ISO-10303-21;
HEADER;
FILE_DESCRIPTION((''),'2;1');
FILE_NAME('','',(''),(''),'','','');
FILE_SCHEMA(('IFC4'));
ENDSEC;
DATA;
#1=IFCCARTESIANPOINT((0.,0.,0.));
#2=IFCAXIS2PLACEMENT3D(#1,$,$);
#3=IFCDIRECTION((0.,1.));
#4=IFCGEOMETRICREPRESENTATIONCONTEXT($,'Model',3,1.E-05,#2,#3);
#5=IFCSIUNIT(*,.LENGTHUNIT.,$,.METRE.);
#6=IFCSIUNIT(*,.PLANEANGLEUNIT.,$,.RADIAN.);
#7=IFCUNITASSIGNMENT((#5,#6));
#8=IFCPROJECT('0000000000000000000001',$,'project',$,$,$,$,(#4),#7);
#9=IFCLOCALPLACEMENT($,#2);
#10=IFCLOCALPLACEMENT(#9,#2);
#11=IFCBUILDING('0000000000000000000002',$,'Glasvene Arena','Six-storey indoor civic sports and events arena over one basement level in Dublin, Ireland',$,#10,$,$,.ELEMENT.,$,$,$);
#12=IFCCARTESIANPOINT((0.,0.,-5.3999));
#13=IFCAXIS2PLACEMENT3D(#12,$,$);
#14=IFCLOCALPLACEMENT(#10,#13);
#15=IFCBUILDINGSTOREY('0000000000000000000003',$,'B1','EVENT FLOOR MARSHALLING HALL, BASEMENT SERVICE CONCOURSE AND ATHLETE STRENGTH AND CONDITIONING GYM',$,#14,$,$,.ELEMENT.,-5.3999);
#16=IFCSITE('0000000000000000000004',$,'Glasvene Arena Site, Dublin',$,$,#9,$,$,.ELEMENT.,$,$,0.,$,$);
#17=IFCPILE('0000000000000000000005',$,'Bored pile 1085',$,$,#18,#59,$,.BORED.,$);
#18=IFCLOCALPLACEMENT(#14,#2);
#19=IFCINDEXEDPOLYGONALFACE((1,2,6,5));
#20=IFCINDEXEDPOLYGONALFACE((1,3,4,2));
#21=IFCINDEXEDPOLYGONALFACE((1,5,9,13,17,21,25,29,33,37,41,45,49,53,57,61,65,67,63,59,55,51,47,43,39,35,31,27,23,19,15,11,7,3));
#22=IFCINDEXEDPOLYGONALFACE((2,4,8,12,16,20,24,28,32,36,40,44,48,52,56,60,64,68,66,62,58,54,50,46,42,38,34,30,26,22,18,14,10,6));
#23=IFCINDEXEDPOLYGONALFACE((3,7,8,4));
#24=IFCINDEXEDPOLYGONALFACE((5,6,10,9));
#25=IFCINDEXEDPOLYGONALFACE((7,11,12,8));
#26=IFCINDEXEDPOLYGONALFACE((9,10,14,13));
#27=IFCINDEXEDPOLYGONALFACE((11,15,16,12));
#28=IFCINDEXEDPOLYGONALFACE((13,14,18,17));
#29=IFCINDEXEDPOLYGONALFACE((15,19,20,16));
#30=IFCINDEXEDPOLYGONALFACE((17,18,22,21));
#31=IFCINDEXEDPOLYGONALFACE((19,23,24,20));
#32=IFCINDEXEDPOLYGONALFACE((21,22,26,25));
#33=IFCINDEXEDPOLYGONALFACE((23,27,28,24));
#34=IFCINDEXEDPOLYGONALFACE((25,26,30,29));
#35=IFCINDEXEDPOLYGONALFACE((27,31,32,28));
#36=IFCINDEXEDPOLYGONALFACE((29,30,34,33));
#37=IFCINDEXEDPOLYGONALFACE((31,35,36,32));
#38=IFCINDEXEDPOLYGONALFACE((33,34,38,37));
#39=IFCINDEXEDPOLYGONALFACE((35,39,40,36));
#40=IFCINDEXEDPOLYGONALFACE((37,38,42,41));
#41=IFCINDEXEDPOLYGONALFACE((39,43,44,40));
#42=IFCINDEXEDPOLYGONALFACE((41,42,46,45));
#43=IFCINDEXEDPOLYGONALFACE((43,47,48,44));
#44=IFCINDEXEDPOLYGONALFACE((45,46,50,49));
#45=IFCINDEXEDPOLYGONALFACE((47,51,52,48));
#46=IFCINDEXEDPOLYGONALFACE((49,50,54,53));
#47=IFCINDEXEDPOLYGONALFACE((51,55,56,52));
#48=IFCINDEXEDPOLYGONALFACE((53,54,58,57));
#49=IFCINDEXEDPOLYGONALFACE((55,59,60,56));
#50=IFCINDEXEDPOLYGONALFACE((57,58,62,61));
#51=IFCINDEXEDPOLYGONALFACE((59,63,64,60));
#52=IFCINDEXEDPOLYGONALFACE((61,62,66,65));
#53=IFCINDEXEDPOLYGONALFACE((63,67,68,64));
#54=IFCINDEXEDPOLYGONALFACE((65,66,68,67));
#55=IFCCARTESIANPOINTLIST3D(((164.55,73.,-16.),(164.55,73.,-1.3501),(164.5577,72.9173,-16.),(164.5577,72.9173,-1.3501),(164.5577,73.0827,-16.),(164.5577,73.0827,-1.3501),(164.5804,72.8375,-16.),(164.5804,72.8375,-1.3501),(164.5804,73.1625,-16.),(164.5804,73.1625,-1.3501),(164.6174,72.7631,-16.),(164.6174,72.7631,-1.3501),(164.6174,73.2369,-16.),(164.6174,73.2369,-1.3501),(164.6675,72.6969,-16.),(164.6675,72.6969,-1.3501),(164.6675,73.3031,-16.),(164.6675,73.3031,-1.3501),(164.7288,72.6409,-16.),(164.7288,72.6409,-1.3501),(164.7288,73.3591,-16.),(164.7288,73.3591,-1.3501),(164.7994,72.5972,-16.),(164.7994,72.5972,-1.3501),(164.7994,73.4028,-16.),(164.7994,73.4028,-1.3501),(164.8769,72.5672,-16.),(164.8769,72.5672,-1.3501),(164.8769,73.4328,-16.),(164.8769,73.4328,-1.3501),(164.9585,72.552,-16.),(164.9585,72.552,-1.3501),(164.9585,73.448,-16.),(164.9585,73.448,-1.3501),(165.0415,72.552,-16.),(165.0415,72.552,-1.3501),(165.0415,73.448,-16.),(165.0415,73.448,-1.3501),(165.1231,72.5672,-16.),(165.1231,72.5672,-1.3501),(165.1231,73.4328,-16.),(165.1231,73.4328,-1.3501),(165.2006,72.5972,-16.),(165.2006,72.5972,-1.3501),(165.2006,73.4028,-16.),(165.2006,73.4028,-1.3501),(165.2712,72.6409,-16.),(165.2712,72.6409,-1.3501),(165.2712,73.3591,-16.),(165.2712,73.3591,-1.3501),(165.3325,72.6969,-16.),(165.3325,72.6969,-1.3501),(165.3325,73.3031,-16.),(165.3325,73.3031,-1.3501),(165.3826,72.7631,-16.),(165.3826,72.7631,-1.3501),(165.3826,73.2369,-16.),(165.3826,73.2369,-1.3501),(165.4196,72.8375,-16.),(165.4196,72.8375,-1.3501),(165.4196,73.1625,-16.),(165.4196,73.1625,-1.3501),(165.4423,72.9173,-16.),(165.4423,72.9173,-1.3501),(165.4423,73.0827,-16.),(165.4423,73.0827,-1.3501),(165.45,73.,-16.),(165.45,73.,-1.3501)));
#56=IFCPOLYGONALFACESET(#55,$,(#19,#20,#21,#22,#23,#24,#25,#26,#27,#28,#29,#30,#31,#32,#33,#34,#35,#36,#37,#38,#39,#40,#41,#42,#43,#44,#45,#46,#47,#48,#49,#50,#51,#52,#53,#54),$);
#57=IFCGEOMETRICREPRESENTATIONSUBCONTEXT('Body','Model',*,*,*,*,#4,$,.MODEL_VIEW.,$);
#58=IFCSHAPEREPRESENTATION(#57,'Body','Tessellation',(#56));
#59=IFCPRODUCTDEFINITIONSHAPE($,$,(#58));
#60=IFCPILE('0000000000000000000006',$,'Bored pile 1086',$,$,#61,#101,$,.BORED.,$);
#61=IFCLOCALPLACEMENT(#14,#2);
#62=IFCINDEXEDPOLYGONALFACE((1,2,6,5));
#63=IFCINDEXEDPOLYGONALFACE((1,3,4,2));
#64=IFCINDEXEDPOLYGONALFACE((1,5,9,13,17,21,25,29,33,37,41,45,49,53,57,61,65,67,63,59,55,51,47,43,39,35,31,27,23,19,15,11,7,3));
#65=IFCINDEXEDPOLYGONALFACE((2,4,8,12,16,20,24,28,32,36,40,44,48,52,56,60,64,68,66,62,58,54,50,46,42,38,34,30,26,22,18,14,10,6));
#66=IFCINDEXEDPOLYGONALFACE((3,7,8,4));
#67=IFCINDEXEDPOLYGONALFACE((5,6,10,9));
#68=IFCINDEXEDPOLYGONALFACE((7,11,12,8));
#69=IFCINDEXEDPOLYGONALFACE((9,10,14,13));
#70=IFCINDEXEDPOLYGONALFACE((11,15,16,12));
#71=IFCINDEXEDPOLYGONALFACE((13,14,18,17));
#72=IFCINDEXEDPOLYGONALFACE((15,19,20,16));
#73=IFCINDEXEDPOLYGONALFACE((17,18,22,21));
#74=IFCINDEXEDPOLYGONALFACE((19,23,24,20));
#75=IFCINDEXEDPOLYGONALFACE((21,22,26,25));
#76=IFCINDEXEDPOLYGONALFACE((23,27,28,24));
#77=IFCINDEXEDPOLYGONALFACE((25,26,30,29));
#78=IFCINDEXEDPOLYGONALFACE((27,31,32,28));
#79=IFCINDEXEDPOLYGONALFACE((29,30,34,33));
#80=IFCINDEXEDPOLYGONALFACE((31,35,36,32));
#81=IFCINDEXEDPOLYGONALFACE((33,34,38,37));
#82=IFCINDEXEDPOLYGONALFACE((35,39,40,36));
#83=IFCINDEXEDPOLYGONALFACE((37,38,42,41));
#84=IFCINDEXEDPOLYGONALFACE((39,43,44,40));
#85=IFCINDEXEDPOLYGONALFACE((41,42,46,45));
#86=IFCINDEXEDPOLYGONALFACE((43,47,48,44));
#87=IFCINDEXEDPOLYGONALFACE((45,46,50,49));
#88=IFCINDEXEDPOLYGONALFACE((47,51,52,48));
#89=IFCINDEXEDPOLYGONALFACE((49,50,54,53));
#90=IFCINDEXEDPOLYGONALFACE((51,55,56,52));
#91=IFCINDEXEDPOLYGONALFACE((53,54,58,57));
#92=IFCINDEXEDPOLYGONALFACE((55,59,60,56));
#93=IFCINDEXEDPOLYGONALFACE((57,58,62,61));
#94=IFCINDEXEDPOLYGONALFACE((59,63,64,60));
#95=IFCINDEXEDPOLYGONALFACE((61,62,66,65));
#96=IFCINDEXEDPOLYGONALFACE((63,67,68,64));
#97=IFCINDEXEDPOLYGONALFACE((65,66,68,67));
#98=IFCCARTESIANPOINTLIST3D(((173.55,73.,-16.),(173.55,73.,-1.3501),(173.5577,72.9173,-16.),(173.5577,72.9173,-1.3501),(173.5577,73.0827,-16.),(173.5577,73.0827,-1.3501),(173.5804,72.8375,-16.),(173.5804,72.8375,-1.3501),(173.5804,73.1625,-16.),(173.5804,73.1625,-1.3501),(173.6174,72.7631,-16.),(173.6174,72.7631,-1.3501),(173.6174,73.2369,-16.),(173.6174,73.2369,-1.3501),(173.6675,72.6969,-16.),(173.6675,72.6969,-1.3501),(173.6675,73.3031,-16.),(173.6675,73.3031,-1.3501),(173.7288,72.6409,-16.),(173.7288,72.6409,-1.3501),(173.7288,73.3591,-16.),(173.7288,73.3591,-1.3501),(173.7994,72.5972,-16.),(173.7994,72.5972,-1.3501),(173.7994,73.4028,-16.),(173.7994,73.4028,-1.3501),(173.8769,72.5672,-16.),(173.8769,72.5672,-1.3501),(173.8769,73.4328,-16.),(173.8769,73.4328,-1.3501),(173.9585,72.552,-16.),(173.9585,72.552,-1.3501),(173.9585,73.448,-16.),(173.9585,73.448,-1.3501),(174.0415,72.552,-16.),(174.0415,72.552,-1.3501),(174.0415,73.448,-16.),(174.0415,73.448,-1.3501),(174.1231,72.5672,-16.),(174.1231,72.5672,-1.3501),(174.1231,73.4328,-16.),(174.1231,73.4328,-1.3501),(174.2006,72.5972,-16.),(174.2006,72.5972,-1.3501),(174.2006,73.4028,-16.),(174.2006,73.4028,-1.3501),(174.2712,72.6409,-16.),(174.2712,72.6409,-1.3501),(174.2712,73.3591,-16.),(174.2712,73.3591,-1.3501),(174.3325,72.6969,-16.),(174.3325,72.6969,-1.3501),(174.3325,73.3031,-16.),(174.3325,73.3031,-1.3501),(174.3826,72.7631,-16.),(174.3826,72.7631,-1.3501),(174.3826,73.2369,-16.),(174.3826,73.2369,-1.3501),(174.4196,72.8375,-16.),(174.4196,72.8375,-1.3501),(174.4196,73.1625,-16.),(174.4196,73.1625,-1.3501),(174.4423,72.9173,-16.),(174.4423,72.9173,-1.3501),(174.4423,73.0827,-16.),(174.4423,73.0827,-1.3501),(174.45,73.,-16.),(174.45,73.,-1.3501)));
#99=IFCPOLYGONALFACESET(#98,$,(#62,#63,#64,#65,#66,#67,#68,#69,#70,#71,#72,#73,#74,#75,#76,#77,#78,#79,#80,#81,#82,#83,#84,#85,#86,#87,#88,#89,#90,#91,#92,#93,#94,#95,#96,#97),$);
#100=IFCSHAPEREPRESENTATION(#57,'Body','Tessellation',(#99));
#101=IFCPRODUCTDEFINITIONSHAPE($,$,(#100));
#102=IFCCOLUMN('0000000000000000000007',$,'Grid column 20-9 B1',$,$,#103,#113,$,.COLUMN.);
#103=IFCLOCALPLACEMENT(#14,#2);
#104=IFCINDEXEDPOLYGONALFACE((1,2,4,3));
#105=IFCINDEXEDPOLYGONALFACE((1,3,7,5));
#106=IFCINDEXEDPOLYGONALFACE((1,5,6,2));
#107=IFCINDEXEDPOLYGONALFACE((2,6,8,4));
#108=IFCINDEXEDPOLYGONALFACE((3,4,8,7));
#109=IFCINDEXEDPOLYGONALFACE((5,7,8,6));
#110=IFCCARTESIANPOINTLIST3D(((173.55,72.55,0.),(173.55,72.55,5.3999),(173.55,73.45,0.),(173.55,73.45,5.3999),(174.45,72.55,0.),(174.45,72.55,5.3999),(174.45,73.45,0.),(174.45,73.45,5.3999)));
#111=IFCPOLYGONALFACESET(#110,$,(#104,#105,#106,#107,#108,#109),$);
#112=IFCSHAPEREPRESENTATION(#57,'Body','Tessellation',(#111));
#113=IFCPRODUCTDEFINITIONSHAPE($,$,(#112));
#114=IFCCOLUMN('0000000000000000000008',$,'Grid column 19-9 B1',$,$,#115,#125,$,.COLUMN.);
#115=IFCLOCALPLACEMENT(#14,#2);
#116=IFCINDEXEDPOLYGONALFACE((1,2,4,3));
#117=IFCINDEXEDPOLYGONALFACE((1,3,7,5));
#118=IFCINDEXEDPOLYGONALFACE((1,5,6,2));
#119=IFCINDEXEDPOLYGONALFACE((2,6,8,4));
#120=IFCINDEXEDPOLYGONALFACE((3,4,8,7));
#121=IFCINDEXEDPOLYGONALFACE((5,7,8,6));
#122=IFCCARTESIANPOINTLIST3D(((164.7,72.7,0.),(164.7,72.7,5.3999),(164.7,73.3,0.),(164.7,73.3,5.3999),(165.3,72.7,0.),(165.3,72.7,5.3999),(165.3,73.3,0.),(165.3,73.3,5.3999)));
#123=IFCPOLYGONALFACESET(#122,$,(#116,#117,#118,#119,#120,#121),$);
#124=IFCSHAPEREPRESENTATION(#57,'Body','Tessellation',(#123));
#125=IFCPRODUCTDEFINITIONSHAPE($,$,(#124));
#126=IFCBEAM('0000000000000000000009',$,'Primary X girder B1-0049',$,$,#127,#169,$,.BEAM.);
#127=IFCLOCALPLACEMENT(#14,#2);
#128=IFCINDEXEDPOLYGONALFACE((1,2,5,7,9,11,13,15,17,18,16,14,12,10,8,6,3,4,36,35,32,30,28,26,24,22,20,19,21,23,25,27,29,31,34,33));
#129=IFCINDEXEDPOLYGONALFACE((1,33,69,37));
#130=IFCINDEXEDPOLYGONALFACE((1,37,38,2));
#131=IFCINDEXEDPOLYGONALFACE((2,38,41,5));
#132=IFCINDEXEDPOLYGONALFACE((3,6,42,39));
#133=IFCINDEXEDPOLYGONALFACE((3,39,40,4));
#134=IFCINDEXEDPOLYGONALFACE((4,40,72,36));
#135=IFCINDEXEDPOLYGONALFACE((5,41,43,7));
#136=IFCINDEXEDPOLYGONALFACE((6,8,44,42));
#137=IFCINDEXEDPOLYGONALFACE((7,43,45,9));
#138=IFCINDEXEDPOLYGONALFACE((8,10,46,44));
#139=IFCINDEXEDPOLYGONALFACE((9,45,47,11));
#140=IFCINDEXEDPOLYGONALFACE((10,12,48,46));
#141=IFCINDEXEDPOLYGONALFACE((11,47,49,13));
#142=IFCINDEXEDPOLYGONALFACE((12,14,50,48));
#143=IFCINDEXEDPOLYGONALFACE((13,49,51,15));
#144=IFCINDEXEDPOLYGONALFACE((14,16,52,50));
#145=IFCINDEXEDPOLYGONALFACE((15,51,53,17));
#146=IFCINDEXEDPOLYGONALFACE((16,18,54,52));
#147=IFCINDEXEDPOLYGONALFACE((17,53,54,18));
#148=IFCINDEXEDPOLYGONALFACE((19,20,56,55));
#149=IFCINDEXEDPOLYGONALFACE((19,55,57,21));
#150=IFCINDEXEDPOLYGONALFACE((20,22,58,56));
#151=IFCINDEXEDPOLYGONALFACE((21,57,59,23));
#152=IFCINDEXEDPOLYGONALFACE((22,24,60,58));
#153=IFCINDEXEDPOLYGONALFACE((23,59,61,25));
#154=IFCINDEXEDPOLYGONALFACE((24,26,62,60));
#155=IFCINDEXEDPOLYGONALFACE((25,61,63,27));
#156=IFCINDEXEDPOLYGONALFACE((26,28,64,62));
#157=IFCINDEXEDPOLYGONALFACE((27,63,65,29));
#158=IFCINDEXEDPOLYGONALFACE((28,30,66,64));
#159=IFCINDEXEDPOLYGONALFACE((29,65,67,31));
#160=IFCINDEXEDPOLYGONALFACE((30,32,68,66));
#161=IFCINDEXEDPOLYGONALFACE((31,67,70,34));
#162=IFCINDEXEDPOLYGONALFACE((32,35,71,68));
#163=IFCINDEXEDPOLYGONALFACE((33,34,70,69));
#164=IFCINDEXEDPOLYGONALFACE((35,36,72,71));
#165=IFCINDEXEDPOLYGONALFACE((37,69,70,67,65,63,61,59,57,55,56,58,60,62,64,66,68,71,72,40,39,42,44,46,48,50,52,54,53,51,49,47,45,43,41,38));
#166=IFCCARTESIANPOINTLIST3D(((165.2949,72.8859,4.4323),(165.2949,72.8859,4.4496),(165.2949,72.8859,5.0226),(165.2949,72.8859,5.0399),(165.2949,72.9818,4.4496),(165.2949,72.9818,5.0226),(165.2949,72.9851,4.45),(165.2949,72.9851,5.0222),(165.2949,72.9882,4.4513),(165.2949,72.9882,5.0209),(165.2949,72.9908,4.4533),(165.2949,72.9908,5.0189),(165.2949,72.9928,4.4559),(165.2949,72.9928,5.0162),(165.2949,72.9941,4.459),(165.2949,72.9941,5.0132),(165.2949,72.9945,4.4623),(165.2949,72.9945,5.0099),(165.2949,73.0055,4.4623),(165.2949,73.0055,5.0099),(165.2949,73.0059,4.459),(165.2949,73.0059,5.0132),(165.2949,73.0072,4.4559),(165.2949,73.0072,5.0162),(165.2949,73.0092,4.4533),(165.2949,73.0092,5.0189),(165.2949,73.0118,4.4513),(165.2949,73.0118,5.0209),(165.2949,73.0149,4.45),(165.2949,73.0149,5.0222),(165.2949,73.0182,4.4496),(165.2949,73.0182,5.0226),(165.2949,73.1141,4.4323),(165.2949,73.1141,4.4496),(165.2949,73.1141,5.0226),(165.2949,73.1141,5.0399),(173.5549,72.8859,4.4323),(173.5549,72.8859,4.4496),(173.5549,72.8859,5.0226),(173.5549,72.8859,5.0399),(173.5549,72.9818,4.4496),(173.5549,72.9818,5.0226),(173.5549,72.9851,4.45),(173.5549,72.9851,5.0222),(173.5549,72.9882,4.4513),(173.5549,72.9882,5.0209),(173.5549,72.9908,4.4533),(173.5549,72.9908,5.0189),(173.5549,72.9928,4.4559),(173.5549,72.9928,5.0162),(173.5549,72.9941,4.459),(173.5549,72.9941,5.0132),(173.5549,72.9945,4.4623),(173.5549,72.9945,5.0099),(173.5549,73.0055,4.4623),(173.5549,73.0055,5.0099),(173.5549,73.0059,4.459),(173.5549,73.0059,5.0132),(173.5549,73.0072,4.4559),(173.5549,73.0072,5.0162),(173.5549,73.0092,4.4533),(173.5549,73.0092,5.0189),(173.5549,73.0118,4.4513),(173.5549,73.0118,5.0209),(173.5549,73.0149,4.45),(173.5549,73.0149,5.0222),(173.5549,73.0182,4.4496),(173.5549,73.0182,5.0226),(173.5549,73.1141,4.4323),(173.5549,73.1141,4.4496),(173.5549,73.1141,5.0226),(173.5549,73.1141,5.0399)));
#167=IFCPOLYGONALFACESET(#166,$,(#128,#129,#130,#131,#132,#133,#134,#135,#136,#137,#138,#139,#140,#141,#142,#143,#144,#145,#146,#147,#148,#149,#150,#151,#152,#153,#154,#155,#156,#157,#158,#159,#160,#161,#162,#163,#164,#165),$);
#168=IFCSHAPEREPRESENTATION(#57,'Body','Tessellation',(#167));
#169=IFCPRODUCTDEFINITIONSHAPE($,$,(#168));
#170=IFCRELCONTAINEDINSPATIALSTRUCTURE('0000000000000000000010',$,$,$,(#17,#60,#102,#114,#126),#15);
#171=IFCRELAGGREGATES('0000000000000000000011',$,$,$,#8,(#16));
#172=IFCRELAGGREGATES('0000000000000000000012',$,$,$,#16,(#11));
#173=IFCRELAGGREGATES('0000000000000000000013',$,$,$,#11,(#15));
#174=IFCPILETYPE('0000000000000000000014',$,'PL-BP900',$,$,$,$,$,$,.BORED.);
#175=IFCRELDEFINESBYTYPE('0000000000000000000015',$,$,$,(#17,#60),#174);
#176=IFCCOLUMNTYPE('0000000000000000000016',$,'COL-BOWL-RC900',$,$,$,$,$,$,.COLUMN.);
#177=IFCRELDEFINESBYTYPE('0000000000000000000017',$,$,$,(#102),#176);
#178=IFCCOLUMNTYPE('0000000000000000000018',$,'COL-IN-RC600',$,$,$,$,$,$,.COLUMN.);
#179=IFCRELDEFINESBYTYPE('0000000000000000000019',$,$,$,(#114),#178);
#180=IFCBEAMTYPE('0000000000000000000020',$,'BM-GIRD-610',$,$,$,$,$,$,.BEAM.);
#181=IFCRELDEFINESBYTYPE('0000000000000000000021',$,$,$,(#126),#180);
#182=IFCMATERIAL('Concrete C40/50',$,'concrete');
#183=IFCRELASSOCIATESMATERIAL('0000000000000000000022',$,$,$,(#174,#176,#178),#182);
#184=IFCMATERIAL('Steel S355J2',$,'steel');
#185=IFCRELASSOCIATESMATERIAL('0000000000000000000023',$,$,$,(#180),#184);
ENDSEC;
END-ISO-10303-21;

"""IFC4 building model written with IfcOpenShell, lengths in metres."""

from ifc_helpers import new_model, si_unit, direction, frame, origin, origin_2d, place, context, subcontext, project, spatial, rectangle, circle, i_section, extrude, material, material_profile, profile_set, type_object, element, save


model = new_model("IFC4")

# Units and contexts
model_context = context("Model", 3, precision=1e-05, world=origin(), true_north=direction((0.0, 1.0)))
body_context = subcontext(model_context, "Body", "Model", "MODEL_VIEW")
ifc_project = project(units=[si_unit("LENGTHUNIT", "METRE"), si_unit("PLANEANGLEUNIT", "RADIAN")], contexts=[model_context])

# Site, building, storey
site_placement = place(None, origin())
site = spatial("IfcSite", under=ifc_project, at=site_placement, Name="Glasvene Arena Site, Dublin", CompositionType="ELEMENT", RefElevation=0.0)
building_placement = place(site_placement, origin())
building = spatial("IfcBuilding", under=site, at=building_placement, Name="Glasvene Arena", Description="Six-storey indoor civic sports and events arena over one basement level in Dublin, Ireland", CompositionType="ELEMENT")
storey_placement = place(building_placement, frame((0.0, 0.0, -5.3999)))
storey = spatial("IfcBuildingStorey", under=building, at=storey_placement, Name="B1", Description="EVENT FLOOR MARSHALLING HALL, BASEMENT SERVICE CONCOURSE AND ATHLETE STRENGTH AND CONDITIONING GYM", CompositionType="ELEMENT", Elevation=-5.3999)

# Shared definitions
ifc_material_1 = material(Name="Concrete C40/50", Category="concrete")

# Piles
ifc_material_profile_1 = material_profile(ifc_material_1, circle(Radius=0.45, at=origin_2d()), Name="BORED PILE 900")
ifc_profile_set_1 = profile_set([ifc_material_profile_1], Name="Concrete C40/50")
pile_type_1 = type_object("IfcPileType", Name="PL-BP900", PredefinedType="BORED", material=ifc_profile_set_1)
for number, where, z_axis, x_axis, name in (
    (1, (165.0, 73.0, -1.3501), (0.0, 0.0, -1.0), (1.0, 0.0, 0.0), "Bored pile 1085"),
    (2, (174.0, 73.0, -1.3501), (0.0, 0.0, -1.0), (1.0, 0.0, 0.0), "Bored pile 1086"),
):
    element("IfcPile", number, at=place(storey_placement, frame(where, z_axis=z_axis, x_axis=x_axis)), inside=storey, type_object=pile_type_1, Name=name, PredefinedType="BORED", context=body_context, shape_type="SweptSolid", body=[
        extrude(circle(Radius=0.45, at=origin_2d()), origin(), (0.0, 0.0, 1.0), 14.6499),
    ])

# Columns
ifc_material_profile_2 = material_profile(ifc_material_1, rectangle(XDim=0.8999, YDim=0.8999, at=origin_2d()), Name="RC 900x900")
ifc_profile_set_2 = profile_set([ifc_material_profile_2], Name="Concrete C40/50")
column_type_1 = type_object("IfcColumnType", Name="COL-BOWL-RC900", PredefinedType="COLUMN", material=ifc_profile_set_2)
column_1_placement = place(storey_placement, frame((174.0, 73.0, 0.0), z_axis=(0.0, 0.0, 1.0), x_axis=(1.0, 0.0, 0.0)))
element("IfcColumn", 3, at=column_1_placement, inside=storey, type_object=column_type_1, Name="Grid column 20-9 B1", PredefinedType="COLUMN", context=body_context, shape_type="SweptSolid", body=[
    extrude(rectangle(XDim=0.8999, YDim=0.8999, at=origin_2d()), origin(), (0.0, 0.0, 1.0), 5.3999),
])
ifc_material_profile_3 = material_profile(ifc_material_1, rectangle(XDim=0.6001, YDim=0.6001, at=origin_2d()), Name="RC 600x600")
ifc_profile_set_3 = profile_set([ifc_material_profile_3], Name="Concrete C40/50")
column_type_2 = type_object("IfcColumnType", Name="COL-IN-RC600", PredefinedType="COLUMN", material=ifc_profile_set_3)
column_2_placement = place(storey_placement, frame((165.0, 73.0, 0.0), z_axis=(0.0, 0.0, 1.0), x_axis=(1.0, 0.0, 0.0)))
element("IfcColumn", 4, at=column_2_placement, inside=storey, type_object=column_type_2, Name="Grid column 19-9 B1", PredefinedType="COLUMN", context=body_context, shape_type="SweptSolid", body=[
    extrude(rectangle(XDim=0.6001, YDim=0.6001, at=origin_2d()), origin(), (0.0, 0.0, 1.0), 5.3999),
])

# Beam
ifc_material_2 = material(Name="Steel S355J2", Category="steel")
ifc_material_profile_4 = material_profile(ifc_material_2, i_section(OverallWidth=0.2283, OverallDepth=0.6077, WebThickness=0.011, FlangeThickness=0.0173, FilletRadius=0.0127, at=origin_2d()), Name="UKB 610x229x113")
ifc_profile_set_4 = profile_set([ifc_material_profile_4], Name="Steel S355J2")
beam_type_1 = type_object("IfcBeamType", Name="BM-GIRD-610", PredefinedType="BEAM", material=ifc_profile_set_4)
beam_1_placement = place(storey_placement, frame((165.2949, 73.0, 4.7361), z_axis=(1.0, 0.0, 0.0), x_axis=(0.0, 1.0, 0.0)))
element("IfcBeam", 5, at=beam_1_placement, inside=storey, type_object=beam_type_1, Name="Primary X girder B1-0049", PredefinedType="BEAM", context=body_context, shape_type="SweptSolid", body=[
    extrude(i_section(OverallWidth=0.2283, OverallDepth=0.6077, WebThickness=0.011, FlangeThickness=0.0173, FilletRadius=0.0127, at=origin_2d()), origin(), (0.0, 0.0, 1.0), 8.26),
])

save(model, "model.ifc")
